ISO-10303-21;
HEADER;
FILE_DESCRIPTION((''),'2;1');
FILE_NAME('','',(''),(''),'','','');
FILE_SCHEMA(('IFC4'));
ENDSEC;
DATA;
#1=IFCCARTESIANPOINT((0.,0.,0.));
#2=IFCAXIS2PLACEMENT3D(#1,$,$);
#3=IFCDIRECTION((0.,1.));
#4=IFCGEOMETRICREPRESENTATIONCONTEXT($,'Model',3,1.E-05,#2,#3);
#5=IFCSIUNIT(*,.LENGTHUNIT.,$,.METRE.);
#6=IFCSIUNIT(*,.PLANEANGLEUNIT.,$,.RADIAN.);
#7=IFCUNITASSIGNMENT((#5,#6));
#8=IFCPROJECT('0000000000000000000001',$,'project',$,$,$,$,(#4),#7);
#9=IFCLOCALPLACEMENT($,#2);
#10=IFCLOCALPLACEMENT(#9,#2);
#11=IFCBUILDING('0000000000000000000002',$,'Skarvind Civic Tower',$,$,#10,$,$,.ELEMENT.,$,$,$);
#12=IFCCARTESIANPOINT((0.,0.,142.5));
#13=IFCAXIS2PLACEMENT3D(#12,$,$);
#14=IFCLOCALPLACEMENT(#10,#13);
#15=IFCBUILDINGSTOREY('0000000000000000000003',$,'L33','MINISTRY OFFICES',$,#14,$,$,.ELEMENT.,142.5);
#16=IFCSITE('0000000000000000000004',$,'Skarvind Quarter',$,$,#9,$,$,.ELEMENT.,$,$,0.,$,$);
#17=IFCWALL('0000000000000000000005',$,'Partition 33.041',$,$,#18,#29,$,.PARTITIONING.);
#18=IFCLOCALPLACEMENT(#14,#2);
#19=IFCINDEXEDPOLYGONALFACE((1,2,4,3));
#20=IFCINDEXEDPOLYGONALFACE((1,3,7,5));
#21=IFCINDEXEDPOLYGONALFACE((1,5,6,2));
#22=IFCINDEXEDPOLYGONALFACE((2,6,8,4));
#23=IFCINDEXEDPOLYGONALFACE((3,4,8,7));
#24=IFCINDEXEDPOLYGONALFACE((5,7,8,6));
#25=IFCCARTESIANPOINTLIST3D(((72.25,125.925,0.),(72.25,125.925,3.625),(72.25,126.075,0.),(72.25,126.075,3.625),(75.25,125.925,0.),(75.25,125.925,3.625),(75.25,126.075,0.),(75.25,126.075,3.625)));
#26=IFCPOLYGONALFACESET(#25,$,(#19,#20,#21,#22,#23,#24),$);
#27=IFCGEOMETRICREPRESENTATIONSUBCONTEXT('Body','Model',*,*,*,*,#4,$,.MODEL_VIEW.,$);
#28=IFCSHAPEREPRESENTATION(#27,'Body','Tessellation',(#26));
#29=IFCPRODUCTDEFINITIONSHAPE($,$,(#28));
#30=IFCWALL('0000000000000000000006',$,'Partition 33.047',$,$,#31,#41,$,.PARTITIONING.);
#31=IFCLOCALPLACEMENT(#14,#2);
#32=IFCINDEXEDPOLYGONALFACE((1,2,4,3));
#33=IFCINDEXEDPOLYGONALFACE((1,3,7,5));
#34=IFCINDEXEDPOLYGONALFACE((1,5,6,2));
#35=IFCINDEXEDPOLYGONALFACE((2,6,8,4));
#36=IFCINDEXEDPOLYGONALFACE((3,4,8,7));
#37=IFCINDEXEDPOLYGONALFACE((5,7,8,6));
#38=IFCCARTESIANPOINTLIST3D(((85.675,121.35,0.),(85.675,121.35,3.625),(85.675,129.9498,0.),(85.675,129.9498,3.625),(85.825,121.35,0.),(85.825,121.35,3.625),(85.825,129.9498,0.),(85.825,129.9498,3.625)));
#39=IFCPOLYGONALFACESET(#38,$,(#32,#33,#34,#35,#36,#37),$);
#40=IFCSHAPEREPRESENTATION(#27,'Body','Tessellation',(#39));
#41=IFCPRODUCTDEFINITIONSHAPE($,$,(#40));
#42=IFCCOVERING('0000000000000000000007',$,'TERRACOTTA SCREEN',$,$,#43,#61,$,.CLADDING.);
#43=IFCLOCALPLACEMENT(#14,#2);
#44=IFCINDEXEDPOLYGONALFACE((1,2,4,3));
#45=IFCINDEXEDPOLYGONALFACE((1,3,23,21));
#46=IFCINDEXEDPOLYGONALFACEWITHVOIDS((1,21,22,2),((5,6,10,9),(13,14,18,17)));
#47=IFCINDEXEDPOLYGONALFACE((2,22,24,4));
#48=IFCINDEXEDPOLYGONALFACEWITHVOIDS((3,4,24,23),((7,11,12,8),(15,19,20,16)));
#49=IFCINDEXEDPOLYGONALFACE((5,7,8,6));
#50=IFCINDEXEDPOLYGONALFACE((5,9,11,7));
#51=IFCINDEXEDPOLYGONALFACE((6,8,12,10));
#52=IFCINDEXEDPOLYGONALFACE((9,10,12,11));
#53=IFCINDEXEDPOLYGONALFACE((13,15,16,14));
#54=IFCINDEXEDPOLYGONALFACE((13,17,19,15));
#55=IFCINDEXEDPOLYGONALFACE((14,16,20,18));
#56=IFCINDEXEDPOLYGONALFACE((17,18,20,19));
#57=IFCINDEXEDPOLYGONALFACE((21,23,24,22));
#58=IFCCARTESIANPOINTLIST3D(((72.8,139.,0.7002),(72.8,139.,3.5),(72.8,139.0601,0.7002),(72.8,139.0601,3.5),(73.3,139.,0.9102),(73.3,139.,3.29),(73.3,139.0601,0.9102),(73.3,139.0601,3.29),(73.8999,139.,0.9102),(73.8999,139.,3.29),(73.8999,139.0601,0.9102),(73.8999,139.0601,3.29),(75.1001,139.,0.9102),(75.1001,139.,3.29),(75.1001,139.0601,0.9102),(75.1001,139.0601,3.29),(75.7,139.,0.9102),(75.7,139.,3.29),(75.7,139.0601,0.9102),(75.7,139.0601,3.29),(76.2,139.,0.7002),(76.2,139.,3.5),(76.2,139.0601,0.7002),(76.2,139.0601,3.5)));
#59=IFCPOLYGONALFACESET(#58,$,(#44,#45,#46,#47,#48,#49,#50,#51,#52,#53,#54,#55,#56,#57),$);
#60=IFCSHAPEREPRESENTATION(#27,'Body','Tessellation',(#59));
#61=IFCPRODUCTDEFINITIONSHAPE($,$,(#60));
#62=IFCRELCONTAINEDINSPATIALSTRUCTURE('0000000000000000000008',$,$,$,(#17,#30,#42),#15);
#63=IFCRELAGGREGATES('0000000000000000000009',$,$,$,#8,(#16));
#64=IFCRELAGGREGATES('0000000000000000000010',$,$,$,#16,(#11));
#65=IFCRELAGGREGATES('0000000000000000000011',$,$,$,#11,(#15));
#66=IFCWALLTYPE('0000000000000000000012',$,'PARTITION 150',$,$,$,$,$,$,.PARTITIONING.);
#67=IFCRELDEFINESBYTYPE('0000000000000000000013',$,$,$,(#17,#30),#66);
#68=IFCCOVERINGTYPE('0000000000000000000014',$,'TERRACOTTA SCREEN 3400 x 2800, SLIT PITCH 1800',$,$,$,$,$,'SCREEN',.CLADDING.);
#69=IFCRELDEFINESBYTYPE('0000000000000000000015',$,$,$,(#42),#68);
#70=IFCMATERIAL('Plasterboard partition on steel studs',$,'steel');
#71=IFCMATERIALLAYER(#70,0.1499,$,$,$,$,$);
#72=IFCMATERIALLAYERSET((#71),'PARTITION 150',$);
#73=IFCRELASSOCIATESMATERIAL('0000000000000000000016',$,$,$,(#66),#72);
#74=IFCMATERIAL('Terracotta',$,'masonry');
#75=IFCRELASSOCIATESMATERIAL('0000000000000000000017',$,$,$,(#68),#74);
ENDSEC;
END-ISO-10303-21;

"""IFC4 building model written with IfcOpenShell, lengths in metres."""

from ifc_helpers import new_model, si_unit, direction, frame, frame_2d, origin, place, context, subcontext, project, spatial, polyline, rectangle, outline, extrude, material, layer, layer_set, material_profile, profile_set, type_object, element, save


model = new_model("IFC4")

# Units and contexts
model_context = context("Model", 3, precision=1e-05, world=origin(), true_north=direction((0.0, 1.0)))
body_context = subcontext(model_context, "Body", "Model", "MODEL_VIEW")
ifc_project = project(units=[si_unit("LENGTHUNIT", "METRE"), si_unit("PLANEANGLEUNIT", "RADIAN")], contexts=[model_context])

# Site, building, storey
site_placement = place(None, origin())
site = spatial("IfcSite", under=ifc_project, at=site_placement, Name="Skarvind Quarter", CompositionType="ELEMENT", RefElevation=0.0)
building_placement = place(site_placement, origin())
building = spatial("IfcBuilding", under=site, at=building_placement, Name="Skarvind Civic Tower", CompositionType="ELEMENT")
storey_placement = place(building_placement, frame((0.0, 0.0, 142.5)))
storey = spatial("IfcBuildingStorey", under=building, at=storey_placement, Name="L33", Description="MINISTRY OFFICES", CompositionType="ELEMENT", Elevation=142.5)

# Walls
ifc_material_1 = material(Name="Plasterboard partition on steel studs", Category="steel")
ifc_layer_1 = layer(ifc_material_1, 0.1499)
ifc_layer_set_1 = layer_set([ifc_layer_1], Name="PARTITION 150")
wall_type_1 = type_object("IfcWallType", Name="PARTITION 150", PredefinedType="PARTITIONING", material=ifc_layer_set_1)
wall_1_placement = place(storey_placement, frame((75.25, 126.0, 0.0), z_axis=(0.0, 0.0, 1.0), x_axis=(-1.0, 0.0, 0.0)))
element("IfcWall", 1, at=wall_1_placement, inside=storey, type_object=wall_type_1, Name="Partition 33.041", PredefinedType="PARTITIONING", context=body_context, shape_type="SweptSolid", body=[
    extrude(rectangle(XDim=3.0, YDim=0.1499, at=frame_2d((1.5, 0.0))), origin(), (0.0, 0.0, 1.0), 3.625),
])
wall_2_placement = place(storey_placement, frame((85.75, 121.3501, 0.0), z_axis=(0.0, 0.0, 1.0), x_axis=(0.0, 1.0, 0.0)))
element("IfcWall", 2, at=wall_2_placement, inside=storey, type_object=wall_type_1, Name="Partition 33.047", PredefinedType="PARTITIONING", context=body_context, shape_type="SweptSolid", body=[
    extrude(rectangle(XDim=8.5999, YDim=0.1499, at=frame_2d((4.2998, 0.0))), origin(), (0.0, 0.0, 1.0), 3.625),
])

# Covering
ifc_material_2 = material(Name="Terracotta", Category="masonry")
ifc_material_profile_1 = material_profile(ifc_material_2, outline(polyline([(-1.7, -1.3999), (1.7, -1.3999), (1.7, 1.3999), (-1.7, 1.3999), (-1.7, -1.3999)]), holes=[polyline([(-1.2, -1.1899), (-0.6001, -1.1899), (-0.6001, 1.1899), (-1.2, 1.1899), (-1.2, -1.1899)]), polyline([(0.6001, -1.1899), (1.2, -1.1899), (1.2, 1.1899), (0.6001, 1.1899), (0.6001, -1.1899)])]), Name="TERRACOTTA SCREEN 3400 x 2800, SLIT PITCH 1800")
ifc_profile_set_1 = profile_set([ifc_material_profile_1], Name="Terracotta")
covering_type = type_object("IfcCoveringType", Name="TERRACOTTA SCREEN 3400 x 2800, SLIT PITCH 1800", ElementType="SCREEN", PredefinedType="CLADDING", material=ifc_profile_set_1)
covering_placement = place(storey_placement, frame((74.5, 139.0, 2.1001), z_axis=(0.0, 1.0, 0.0), x_axis=(-1.0, 0.0, 0.0)))
element("IfcCovering", 3, at=covering_placement, inside=storey, type_object=covering_type, Name="TERRACOTTA SCREEN", PredefinedType="CLADDING", context=body_context, shape_type="SweptSolid", body=[
    extrude(outline(polyline([(-1.7, -1.3999), (1.7, -1.3999), (1.7, 1.3999), (-1.7, 1.3999), (-1.7, -1.3999)]), holes=[polyline([(-1.2, -1.1899), (-0.6001, -1.1899), (-0.6001, 1.1899), (-1.2, 1.1899), (-1.2, -1.1899)]), polyline([(0.6001, -1.1899), (1.2, -1.1899), (1.2, 1.1899), (0.6001, 1.1899), (0.6001, -1.1899)])]), origin(), (0.0, 0.0, 1.0), 0.0601),
])

save(model, "model.ifc")
